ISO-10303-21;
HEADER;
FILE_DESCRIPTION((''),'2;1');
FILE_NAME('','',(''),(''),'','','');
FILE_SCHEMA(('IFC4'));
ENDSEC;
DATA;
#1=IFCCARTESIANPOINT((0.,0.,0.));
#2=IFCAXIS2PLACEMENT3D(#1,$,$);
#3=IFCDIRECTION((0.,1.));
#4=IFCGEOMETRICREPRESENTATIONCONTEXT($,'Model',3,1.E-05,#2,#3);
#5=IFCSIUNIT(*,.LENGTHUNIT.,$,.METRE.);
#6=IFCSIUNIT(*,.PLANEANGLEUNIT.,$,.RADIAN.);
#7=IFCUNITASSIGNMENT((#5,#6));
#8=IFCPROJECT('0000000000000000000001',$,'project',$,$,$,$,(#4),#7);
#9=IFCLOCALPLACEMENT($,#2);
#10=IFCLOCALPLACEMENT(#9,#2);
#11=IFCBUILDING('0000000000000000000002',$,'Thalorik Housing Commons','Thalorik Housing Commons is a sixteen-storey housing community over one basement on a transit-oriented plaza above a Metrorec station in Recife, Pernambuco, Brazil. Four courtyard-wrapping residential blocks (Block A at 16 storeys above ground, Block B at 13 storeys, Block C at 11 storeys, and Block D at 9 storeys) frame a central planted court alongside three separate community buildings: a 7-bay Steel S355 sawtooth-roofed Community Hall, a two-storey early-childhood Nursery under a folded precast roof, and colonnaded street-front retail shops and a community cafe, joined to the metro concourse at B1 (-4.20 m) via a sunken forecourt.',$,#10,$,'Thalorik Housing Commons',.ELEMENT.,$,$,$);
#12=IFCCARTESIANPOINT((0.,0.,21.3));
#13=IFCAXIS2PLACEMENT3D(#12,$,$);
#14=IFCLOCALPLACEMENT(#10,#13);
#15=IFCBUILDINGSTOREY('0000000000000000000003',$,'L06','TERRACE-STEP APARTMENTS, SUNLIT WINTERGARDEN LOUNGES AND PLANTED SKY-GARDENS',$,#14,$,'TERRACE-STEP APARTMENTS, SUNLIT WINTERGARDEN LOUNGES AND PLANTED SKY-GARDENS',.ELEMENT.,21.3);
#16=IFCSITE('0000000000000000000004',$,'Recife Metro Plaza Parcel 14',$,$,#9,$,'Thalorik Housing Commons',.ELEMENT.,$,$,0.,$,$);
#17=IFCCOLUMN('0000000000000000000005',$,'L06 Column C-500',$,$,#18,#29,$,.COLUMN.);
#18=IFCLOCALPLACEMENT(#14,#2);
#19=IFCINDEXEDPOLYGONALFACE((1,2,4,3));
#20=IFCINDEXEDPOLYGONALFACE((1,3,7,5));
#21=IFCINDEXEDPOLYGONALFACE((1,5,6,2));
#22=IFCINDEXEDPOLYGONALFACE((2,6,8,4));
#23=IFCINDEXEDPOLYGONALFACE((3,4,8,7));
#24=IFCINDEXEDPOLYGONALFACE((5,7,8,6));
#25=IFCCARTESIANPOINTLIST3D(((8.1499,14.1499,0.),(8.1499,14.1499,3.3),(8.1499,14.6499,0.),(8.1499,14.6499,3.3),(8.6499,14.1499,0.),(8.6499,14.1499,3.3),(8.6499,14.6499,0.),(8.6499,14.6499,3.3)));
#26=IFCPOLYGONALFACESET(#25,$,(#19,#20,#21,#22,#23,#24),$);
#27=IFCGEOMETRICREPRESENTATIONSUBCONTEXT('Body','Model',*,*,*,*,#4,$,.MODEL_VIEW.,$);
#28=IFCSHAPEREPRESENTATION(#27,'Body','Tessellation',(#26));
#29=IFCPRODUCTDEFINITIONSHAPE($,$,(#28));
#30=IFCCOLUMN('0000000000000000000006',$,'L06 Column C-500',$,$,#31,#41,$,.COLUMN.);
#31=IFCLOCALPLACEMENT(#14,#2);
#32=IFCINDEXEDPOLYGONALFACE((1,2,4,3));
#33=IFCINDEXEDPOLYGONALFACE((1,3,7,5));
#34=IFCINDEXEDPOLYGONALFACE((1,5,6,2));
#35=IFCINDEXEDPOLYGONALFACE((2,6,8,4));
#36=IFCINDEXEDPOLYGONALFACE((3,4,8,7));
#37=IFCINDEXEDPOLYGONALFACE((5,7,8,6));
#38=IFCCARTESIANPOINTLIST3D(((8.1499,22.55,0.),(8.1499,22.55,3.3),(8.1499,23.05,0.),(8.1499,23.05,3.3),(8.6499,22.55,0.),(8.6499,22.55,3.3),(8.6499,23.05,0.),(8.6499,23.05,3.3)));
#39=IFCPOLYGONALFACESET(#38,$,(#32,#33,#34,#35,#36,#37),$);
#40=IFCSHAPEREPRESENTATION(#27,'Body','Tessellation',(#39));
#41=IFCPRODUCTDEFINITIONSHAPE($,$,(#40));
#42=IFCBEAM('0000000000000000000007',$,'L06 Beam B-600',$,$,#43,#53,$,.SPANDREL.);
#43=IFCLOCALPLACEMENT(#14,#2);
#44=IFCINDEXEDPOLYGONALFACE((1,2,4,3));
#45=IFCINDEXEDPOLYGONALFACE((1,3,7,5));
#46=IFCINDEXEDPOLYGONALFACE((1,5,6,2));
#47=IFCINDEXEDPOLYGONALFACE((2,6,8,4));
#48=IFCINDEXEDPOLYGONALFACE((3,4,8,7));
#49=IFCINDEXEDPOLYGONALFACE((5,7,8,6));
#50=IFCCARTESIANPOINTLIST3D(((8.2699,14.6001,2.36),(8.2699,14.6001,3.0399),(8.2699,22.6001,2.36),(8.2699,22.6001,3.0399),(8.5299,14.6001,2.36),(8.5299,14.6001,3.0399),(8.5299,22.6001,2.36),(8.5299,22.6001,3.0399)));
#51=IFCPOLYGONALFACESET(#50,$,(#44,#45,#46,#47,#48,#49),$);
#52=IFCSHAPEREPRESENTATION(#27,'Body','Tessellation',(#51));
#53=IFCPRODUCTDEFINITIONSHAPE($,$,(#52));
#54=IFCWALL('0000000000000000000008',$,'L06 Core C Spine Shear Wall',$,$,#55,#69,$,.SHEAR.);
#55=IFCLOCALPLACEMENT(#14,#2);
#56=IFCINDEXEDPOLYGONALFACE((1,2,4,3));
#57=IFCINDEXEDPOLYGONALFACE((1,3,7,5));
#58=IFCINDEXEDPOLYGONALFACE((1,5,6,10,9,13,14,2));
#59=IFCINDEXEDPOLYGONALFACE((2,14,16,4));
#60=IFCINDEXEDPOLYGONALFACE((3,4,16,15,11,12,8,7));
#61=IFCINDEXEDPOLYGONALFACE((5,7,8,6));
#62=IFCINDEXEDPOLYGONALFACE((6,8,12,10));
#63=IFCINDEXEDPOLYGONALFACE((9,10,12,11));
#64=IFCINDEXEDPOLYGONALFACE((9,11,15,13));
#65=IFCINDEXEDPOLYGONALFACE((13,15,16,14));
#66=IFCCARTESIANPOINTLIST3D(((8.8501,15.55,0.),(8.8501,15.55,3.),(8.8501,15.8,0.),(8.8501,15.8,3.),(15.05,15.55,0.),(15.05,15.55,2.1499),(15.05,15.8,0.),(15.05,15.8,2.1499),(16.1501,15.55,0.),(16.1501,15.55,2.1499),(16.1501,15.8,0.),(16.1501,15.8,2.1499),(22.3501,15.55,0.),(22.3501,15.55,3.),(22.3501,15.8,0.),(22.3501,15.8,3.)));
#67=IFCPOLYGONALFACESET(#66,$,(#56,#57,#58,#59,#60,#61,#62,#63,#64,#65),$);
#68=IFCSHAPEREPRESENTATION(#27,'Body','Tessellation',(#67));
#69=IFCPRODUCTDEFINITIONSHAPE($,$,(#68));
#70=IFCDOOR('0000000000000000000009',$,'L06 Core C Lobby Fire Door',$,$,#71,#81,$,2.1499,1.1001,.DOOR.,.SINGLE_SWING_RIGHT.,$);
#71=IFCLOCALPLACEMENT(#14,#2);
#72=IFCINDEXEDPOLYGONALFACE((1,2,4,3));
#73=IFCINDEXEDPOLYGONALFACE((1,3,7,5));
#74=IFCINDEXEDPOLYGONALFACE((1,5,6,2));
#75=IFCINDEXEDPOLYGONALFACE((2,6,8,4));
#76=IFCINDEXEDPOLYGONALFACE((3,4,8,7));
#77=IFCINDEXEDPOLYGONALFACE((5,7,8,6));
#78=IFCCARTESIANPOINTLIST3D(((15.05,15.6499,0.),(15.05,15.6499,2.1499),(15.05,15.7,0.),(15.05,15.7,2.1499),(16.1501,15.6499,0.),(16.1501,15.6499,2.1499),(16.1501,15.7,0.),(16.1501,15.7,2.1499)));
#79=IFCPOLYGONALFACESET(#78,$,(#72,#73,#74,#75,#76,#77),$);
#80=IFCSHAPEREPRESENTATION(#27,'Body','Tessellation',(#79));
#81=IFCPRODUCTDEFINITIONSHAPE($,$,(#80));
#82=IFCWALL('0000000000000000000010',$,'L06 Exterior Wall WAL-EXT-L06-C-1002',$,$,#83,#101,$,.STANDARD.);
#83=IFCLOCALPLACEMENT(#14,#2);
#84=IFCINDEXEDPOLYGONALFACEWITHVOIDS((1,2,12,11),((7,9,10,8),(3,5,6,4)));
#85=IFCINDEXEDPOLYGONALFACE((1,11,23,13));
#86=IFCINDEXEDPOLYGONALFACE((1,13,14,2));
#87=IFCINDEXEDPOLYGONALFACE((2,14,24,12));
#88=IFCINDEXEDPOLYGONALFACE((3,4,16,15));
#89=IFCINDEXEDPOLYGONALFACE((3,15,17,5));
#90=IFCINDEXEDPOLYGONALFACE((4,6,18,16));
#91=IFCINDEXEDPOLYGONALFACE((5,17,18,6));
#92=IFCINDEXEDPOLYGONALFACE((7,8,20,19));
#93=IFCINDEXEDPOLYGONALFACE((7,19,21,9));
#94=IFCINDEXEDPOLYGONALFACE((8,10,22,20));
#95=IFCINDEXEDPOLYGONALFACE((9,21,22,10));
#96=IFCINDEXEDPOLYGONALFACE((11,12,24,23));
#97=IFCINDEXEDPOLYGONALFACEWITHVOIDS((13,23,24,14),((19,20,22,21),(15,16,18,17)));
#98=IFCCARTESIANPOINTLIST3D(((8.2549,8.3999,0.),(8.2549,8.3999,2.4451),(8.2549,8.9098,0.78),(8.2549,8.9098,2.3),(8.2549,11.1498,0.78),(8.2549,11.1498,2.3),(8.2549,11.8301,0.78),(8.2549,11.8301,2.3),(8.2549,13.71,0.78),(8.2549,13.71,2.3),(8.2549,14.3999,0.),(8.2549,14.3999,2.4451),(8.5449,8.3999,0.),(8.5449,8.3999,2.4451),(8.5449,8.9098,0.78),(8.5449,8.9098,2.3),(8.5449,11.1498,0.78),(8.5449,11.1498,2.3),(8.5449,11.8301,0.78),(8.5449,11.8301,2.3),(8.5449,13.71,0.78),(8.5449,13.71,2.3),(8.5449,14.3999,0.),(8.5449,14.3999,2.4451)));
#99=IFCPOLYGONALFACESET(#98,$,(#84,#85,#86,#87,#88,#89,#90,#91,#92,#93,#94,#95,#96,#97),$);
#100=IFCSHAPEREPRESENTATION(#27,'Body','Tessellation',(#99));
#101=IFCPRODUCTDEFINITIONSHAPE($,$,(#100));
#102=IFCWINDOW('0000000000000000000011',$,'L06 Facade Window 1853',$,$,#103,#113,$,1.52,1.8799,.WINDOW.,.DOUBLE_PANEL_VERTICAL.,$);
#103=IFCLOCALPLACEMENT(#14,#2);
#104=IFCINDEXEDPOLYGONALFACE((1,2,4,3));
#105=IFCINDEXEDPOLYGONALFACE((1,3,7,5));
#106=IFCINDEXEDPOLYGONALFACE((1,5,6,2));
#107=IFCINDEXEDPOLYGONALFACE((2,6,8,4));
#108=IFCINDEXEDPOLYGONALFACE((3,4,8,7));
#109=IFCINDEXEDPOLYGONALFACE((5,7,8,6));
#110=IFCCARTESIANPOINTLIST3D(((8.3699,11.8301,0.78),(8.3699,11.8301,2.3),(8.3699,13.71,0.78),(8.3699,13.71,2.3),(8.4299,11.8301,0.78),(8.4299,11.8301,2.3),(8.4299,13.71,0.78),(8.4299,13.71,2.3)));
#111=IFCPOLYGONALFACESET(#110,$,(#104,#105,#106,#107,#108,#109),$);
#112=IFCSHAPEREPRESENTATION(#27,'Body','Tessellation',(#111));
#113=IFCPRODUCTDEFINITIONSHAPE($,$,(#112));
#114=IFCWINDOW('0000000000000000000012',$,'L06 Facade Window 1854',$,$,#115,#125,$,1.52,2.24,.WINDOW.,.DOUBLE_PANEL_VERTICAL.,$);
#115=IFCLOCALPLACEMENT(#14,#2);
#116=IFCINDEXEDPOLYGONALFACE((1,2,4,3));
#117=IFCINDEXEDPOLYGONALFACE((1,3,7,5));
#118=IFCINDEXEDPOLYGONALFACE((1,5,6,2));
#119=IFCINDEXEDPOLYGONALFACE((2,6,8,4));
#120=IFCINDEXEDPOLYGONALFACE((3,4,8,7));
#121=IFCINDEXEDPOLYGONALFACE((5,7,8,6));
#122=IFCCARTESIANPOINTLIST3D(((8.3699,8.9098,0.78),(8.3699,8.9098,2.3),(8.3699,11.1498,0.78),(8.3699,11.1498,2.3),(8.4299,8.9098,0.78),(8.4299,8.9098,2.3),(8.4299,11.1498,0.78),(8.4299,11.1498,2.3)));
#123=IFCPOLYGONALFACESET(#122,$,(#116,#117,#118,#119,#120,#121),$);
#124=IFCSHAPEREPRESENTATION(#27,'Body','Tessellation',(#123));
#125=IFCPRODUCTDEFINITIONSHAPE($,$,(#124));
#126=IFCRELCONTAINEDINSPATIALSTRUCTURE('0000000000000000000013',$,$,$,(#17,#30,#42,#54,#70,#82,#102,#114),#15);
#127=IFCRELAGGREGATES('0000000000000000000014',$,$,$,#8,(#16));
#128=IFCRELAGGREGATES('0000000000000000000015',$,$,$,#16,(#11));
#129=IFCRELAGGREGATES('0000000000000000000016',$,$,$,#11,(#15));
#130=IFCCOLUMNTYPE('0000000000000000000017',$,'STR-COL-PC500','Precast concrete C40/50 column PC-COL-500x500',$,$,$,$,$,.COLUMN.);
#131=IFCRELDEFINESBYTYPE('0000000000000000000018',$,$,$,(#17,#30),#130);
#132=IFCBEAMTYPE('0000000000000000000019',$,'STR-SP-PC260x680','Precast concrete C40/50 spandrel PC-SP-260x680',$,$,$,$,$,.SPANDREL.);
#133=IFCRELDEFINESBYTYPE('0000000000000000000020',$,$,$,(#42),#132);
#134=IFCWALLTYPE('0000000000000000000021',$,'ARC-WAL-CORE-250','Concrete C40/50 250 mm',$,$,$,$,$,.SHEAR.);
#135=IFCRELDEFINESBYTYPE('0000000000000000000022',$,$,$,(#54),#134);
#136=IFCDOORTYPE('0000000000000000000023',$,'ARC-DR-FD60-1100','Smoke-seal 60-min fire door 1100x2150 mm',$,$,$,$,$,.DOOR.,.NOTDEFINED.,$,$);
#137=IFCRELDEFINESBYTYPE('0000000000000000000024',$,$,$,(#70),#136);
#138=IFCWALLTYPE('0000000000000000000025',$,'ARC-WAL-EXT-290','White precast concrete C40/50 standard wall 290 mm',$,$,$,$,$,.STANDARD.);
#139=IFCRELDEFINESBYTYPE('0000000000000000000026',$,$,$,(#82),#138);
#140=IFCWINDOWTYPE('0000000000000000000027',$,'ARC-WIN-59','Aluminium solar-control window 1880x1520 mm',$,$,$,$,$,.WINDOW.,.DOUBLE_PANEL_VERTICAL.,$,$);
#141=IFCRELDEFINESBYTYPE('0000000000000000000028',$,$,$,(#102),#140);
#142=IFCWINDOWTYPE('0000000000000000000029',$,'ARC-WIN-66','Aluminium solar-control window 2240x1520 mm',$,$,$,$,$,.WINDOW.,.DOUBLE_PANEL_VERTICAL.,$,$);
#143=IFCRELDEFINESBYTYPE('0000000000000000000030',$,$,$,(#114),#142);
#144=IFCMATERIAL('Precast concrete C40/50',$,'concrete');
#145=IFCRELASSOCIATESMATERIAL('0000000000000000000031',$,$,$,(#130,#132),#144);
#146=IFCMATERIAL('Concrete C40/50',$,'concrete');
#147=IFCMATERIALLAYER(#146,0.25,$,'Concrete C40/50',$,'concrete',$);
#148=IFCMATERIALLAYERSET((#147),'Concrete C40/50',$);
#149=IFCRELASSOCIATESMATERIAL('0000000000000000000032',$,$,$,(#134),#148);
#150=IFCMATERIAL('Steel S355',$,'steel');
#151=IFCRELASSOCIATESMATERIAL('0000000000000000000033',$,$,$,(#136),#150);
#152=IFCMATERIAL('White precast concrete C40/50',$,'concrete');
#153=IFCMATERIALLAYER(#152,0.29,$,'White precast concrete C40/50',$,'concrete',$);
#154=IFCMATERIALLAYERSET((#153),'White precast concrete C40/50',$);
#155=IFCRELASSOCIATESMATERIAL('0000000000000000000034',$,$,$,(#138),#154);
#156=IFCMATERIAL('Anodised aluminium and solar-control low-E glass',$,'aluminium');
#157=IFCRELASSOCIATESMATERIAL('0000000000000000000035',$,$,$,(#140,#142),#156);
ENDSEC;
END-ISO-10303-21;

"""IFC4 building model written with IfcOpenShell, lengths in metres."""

from ifc_helpers import new_model, si_unit, direction, frame, frame_2d, origin, origin_2d, place, context, subcontext, project, spatial, rectangle, extrude, material, layer, layer_set, material_profile, profile_set, type_object, element, fill, save


model = new_model("IFC4")

# Units and contexts
model_context = context("Model", 3, precision=1e-05, world=origin(), true_north=direction((0.0, 1.0)))
body_context = subcontext(model_context, "Body", "Model", "MODEL_VIEW")
ifc_project = project(units=[si_unit("LENGTHUNIT", "METRE"), si_unit("PLANEANGLEUNIT", "RADIAN")], contexts=[model_context])

# Site, building, storey
site_placement = place(None, origin())
site = spatial("IfcSite", under=ifc_project, at=site_placement, Name="Recife Metro Plaza Parcel 14", LongName="Thalorik Housing Commons", CompositionType="ELEMENT", RefElevation=0.0)
building_placement = place(site_placement, origin())
building = spatial("IfcBuilding", under=site, at=building_placement, Name="Thalorik Housing Commons", Description="Thalorik Housing Commons is a sixteen-storey housing community over one basement on a transit-oriented plaza above a Metrorec station in Recife, Pernambuco, Brazil. Four courtyard-wrapping residential blocks (Block A at 16 storeys above ground, Block B at 13 storeys, Block C at 11 storeys, and Block D at 9 storeys) frame a central planted court alongside three separate community buildings: a 7-bay Steel S355 sawtooth-roofed Community Hall, a two-storey early-childhood Nursery under a folded precast roof, and colonnaded street-front retail shops and a community cafe, joined to the metro concourse at B1 (-4.20 m) via a sunken forecourt.", LongName="Thalorik Housing Commons", CompositionType="ELEMENT")
storey_placement = place(building_placement, frame((0.0, 0.0, 21.3)))
storey = spatial("IfcBuildingStorey", under=building, at=storey_placement, Name="L06", Description="TERRACE-STEP APARTMENTS, SUNLIT WINTERGARDEN LOUNGES AND PLANTED SKY-GARDENS", LongName="TERRACE-STEP APARTMENTS, SUNLIT WINTERGARDEN LOUNGES AND PLANTED SKY-GARDENS", CompositionType="ELEMENT", Elevation=21.3)

# Columns
ifc_material_1 = material(Name="Precast concrete C40/50", Category="concrete")
ifc_material_profile_1 = material_profile(ifc_material_1, rectangle(XDim=0.5, YDim=0.5, at=origin_2d()), Name="PC 500x500", Category="concrete")
ifc_profile_set_1 = profile_set([ifc_material_profile_1], Name="Precast concrete C40/50")
column_type = type_object("IfcColumnType", Name="STR-COL-PC500", Description="Precast concrete C40/50 column PC-COL-500x500", PredefinedType="COLUMN", material=ifc_profile_set_1)
for number, where, z_axis, x_axis, name in (
    (1, (8.3999, 14.3999, 0.0), (0.0, 0.0, 1.0), (1.0, 0.0, 0.0), "L06 Column C-500"),
    (2, (8.3999, 22.8, 0.0), (0.0, 0.0, 1.0), (1.0, 0.0, 0.0), "L06 Column C-500"),
):
    element("IfcColumn", number, at=place(storey_placement, frame(where, z_axis=z_axis, x_axis=x_axis)), inside=storey, type_object=column_type, Name=name, PredefinedType="COLUMN", context=body_context, shape_type="SweptSolid", body=[
        extrude(rectangle(XDim=0.5, YDim=0.5, at=origin_2d()), origin(), (0.0, 0.0, 1.0), 3.3),
    ])

# Beam
ifc_material_profile_2 = material_profile(ifc_material_1, rectangle(XDim=0.26, YDim=0.6799, at=origin_2d()), Name="PC SP 260x680", Category="concrete")
ifc_profile_set_2 = profile_set([ifc_material_profile_2], Name="Precast concrete C40/50")
beam_type = type_object("IfcBeamType", Name="STR-SP-PC260x680", Description="Precast concrete C40/50 spandrel PC-SP-260x680", PredefinedType="SPANDREL", material=ifc_profile_set_2)
beam_placement = place(storey_placement, frame((8.3999, 14.6001, 2.7), z_axis=(0.0, 1.0, 0.0), x_axis=(-1.0, 0.0, 0.0)))
element("IfcBeam", 3, at=beam_placement, inside=storey, type_object=beam_type, Name="L06 Beam B-600", PredefinedType="SPANDREL", context=body_context, shape_type="SweptSolid", body=[
    extrude(rectangle(XDim=0.26, YDim=0.6799, at=origin_2d()), origin(), (0.0, 0.0, 1.0), 8.0),
])

# Wall, opening, door
ifc_material_2 = material(Name="Concrete C40/50", Category="concrete")
ifc_layer_1 = layer(ifc_material_2, 0.25, Name="Concrete C40/50", Category="concrete")
ifc_layer_set_1 = layer_set([ifc_layer_1], Name="Concrete C40/50")
wall_type_1 = type_object("IfcWallType", Name="ARC-WAL-CORE-250", Description="Concrete C40/50 250 mm", PredefinedType="SHEAR", material=ifc_layer_set_1)
wall_1_placement = place(storey_placement, frame((8.8501, 15.675, 0.0), z_axis=(0.0, 0.0, 1.0), x_axis=(1.0, 0.0, 0.0)))
wall_1 = element("IfcWall", 4, at=wall_1_placement, inside=storey, type_object=wall_type_1, Name="L06 Core C Spine Shear Wall", PredefinedType="SHEAR", context=body_context, shape_type="SweptSolid", body=[
    extrude(rectangle(XDim=13.5, YDim=0.25, at=frame_2d((6.75, 0.0))), origin(), (0.0, 0.0, 1.0), 3.0),
])
opening_1_placement = place(wall_1_placement, frame((6.2, 0.0, 0.0)))
opening_1 = element("IfcOpeningElement", 5, at=opening_1_placement, cuts=wall_1, PredefinedType="OPENING", context=body_context, shape_type="SweptSolid", body=[
    extrude(rectangle(XDim=1.1001, YDim=2.1499, at=frame_2d((0.55, 1.075))), frame((0.0, 0.135, 0.0), z_axis=(0.0, -1.0, 0.0), x_axis=(1.0, 0.0, 0.0)), (0.0, 0.0, 1.0), 0.27),
])
ifc_material_3 = material(Name="Steel S355", Category="steel")
door_type_1 = type_object("IfcDoorType", Name="ARC-DR-FD60-1100", Description="Smoke-seal 60-min fire door 1100x2150 mm", OperationType="NOTDEFINED", PredefinedType="DOOR", material=ifc_material_3)
door_1_placement = place(opening_1_placement, origin())
door_1 = element("IfcDoor", 6, at=door_1_placement, inside=storey, type_object=door_type_1, Name="L06 Core C Lobby Fire Door", OperationType="SINGLE_SWING_RIGHT", OverallHeight=2.1499, OverallWidth=1.1001, PredefinedType="DOOR", context=body_context, shape_type="SweptSolid", body=[
    extrude(rectangle(XDim=1.1001, YDim=2.1499, at=frame_2d((0.55, 1.075))), frame((0.0, 0.0249, 0.0), z_axis=(0.0, -1.0, 0.0), x_axis=(1.0, 0.0, 0.0)), (0.0, 0.0, 1.0), 0.05),
])
fill(opening_1, door_1)

# Wall, openings, windows
ifc_material_4 = material(Name="White precast concrete C40/50", Category="concrete")
ifc_layer_2 = layer(ifc_material_4, 0.29, Name="White precast concrete C40/50", Category="concrete")
ifc_layer_set_2 = layer_set([ifc_layer_2], Name="White precast concrete C40/50")
wall_type_2 = type_object("IfcWallType", Name="ARC-WAL-EXT-290", Description="White precast concrete C40/50 standard wall 290 mm", PredefinedType="STANDARD", material=ifc_layer_set_2)
wall_2_placement = place(storey_placement, frame((8.3999, 14.3999, 0.0), z_axis=(0.0, 0.0, 1.0), x_axis=(0.0, -1.0, 0.0)))
wall_2 = element("IfcWall", 7, at=wall_2_placement, inside=storey, type_object=wall_type_2, Name="L06 Exterior Wall WAL-EXT-L06-C-1002", PredefinedType="STANDARD", context=body_context, shape_type="SweptSolid", body=[
    extrude(rectangle(XDim=6.0, YDim=0.29, at=frame_2d((3.0, 0.0))), origin(), (0.0, 0.0, 1.0), 2.4451),
])
opening_2_placement = place(wall_2_placement, frame((0.6899, 0.0, 0.78)))
opening_2 = element("IfcOpeningElement", 8, at=opening_2_placement, cuts=wall_2, PredefinedType="OPENING", context=body_context, shape_type="SweptSolid", body=[
    extrude(rectangle(XDim=1.8799, YDim=1.52, at=frame_2d((0.9399, 0.76))), frame((0.0, 0.155, 0.0), z_axis=(0.0, -1.0, 0.0), x_axis=(1.0, 0.0, 0.0)), (0.0, 0.0, 1.0), 0.3101),
])
opening_3_placement = place(wall_2_placement, frame((3.25, 0.0, 0.78)))
opening_3 = element("IfcOpeningElement", 9, at=opening_3_placement, cuts=wall_2, PredefinedType="OPENING", context=body_context, shape_type="SweptSolid", body=[
    extrude(rectangle(XDim=2.24, YDim=1.52, at=frame_2d((1.1201, 0.76))), frame((0.0, 0.155, 0.0), z_axis=(0.0, -1.0, 0.0), x_axis=(1.0, 0.0, 0.0)), (0.0, 0.0, 1.0), 0.3101),
])
ifc_material_5 = material(Name="Anodised aluminium and solar-control low-E glass", Category="aluminium")
window_type_1 = type_object("IfcWindowType", Name="ARC-WIN-59", Description="Aluminium solar-control window 1880x1520 mm", PartitioningType="DOUBLE_PANEL_VERTICAL", PredefinedType="WINDOW", material=ifc_material_5)
window_1_placement = place(opening_2_placement, origin())
window_1 = element("IfcWindow", 10, at=window_1_placement, inside=storey, type_object=window_type_1, Name="L06 Facade Window 1853", OverallHeight=1.52, OverallWidth=1.8799, PartitioningType="DOUBLE_PANEL_VERTICAL", PredefinedType="WINDOW", context=body_context, shape_type="SweptSolid", body=[
    extrude(rectangle(XDim=1.8799, YDim=1.52, at=frame_2d((0.9399, 0.76))), frame((0.0, 0.03, 0.0), z_axis=(0.0, -1.0, 0.0), x_axis=(1.0, 0.0, 0.0)), (0.0, 0.0, 1.0), 0.0601),
])
fill(opening_2, window_1)
window_type_2 = type_object("IfcWindowType", Name="ARC-WIN-66", Description="Aluminium solar-control window 2240x1520 mm", PartitioningType="DOUBLE_PANEL_VERTICAL", PredefinedType="WINDOW", material=ifc_material_5)
window_2_placement = place(opening_3_placement, origin())
window_2 = element("IfcWindow", 11, at=window_2_placement, inside=storey, type_object=window_type_2, Name="L06 Facade Window 1854", OverallHeight=1.52, OverallWidth=2.24, PartitioningType="DOUBLE_PANEL_VERTICAL", PredefinedType="WINDOW", context=body_context, shape_type="SweptSolid", body=[
    extrude(rectangle(XDim=2.24, YDim=1.52, at=frame_2d((1.1201, 0.76))), frame((0.0, 0.03, 0.0), z_axis=(0.0, -1.0, 0.0), x_axis=(1.0, 0.0, 0.0)), (0.0, 0.0, 1.0), 0.0601),
])
fill(opening_3, window_2)

save(model, "model.ifc")
